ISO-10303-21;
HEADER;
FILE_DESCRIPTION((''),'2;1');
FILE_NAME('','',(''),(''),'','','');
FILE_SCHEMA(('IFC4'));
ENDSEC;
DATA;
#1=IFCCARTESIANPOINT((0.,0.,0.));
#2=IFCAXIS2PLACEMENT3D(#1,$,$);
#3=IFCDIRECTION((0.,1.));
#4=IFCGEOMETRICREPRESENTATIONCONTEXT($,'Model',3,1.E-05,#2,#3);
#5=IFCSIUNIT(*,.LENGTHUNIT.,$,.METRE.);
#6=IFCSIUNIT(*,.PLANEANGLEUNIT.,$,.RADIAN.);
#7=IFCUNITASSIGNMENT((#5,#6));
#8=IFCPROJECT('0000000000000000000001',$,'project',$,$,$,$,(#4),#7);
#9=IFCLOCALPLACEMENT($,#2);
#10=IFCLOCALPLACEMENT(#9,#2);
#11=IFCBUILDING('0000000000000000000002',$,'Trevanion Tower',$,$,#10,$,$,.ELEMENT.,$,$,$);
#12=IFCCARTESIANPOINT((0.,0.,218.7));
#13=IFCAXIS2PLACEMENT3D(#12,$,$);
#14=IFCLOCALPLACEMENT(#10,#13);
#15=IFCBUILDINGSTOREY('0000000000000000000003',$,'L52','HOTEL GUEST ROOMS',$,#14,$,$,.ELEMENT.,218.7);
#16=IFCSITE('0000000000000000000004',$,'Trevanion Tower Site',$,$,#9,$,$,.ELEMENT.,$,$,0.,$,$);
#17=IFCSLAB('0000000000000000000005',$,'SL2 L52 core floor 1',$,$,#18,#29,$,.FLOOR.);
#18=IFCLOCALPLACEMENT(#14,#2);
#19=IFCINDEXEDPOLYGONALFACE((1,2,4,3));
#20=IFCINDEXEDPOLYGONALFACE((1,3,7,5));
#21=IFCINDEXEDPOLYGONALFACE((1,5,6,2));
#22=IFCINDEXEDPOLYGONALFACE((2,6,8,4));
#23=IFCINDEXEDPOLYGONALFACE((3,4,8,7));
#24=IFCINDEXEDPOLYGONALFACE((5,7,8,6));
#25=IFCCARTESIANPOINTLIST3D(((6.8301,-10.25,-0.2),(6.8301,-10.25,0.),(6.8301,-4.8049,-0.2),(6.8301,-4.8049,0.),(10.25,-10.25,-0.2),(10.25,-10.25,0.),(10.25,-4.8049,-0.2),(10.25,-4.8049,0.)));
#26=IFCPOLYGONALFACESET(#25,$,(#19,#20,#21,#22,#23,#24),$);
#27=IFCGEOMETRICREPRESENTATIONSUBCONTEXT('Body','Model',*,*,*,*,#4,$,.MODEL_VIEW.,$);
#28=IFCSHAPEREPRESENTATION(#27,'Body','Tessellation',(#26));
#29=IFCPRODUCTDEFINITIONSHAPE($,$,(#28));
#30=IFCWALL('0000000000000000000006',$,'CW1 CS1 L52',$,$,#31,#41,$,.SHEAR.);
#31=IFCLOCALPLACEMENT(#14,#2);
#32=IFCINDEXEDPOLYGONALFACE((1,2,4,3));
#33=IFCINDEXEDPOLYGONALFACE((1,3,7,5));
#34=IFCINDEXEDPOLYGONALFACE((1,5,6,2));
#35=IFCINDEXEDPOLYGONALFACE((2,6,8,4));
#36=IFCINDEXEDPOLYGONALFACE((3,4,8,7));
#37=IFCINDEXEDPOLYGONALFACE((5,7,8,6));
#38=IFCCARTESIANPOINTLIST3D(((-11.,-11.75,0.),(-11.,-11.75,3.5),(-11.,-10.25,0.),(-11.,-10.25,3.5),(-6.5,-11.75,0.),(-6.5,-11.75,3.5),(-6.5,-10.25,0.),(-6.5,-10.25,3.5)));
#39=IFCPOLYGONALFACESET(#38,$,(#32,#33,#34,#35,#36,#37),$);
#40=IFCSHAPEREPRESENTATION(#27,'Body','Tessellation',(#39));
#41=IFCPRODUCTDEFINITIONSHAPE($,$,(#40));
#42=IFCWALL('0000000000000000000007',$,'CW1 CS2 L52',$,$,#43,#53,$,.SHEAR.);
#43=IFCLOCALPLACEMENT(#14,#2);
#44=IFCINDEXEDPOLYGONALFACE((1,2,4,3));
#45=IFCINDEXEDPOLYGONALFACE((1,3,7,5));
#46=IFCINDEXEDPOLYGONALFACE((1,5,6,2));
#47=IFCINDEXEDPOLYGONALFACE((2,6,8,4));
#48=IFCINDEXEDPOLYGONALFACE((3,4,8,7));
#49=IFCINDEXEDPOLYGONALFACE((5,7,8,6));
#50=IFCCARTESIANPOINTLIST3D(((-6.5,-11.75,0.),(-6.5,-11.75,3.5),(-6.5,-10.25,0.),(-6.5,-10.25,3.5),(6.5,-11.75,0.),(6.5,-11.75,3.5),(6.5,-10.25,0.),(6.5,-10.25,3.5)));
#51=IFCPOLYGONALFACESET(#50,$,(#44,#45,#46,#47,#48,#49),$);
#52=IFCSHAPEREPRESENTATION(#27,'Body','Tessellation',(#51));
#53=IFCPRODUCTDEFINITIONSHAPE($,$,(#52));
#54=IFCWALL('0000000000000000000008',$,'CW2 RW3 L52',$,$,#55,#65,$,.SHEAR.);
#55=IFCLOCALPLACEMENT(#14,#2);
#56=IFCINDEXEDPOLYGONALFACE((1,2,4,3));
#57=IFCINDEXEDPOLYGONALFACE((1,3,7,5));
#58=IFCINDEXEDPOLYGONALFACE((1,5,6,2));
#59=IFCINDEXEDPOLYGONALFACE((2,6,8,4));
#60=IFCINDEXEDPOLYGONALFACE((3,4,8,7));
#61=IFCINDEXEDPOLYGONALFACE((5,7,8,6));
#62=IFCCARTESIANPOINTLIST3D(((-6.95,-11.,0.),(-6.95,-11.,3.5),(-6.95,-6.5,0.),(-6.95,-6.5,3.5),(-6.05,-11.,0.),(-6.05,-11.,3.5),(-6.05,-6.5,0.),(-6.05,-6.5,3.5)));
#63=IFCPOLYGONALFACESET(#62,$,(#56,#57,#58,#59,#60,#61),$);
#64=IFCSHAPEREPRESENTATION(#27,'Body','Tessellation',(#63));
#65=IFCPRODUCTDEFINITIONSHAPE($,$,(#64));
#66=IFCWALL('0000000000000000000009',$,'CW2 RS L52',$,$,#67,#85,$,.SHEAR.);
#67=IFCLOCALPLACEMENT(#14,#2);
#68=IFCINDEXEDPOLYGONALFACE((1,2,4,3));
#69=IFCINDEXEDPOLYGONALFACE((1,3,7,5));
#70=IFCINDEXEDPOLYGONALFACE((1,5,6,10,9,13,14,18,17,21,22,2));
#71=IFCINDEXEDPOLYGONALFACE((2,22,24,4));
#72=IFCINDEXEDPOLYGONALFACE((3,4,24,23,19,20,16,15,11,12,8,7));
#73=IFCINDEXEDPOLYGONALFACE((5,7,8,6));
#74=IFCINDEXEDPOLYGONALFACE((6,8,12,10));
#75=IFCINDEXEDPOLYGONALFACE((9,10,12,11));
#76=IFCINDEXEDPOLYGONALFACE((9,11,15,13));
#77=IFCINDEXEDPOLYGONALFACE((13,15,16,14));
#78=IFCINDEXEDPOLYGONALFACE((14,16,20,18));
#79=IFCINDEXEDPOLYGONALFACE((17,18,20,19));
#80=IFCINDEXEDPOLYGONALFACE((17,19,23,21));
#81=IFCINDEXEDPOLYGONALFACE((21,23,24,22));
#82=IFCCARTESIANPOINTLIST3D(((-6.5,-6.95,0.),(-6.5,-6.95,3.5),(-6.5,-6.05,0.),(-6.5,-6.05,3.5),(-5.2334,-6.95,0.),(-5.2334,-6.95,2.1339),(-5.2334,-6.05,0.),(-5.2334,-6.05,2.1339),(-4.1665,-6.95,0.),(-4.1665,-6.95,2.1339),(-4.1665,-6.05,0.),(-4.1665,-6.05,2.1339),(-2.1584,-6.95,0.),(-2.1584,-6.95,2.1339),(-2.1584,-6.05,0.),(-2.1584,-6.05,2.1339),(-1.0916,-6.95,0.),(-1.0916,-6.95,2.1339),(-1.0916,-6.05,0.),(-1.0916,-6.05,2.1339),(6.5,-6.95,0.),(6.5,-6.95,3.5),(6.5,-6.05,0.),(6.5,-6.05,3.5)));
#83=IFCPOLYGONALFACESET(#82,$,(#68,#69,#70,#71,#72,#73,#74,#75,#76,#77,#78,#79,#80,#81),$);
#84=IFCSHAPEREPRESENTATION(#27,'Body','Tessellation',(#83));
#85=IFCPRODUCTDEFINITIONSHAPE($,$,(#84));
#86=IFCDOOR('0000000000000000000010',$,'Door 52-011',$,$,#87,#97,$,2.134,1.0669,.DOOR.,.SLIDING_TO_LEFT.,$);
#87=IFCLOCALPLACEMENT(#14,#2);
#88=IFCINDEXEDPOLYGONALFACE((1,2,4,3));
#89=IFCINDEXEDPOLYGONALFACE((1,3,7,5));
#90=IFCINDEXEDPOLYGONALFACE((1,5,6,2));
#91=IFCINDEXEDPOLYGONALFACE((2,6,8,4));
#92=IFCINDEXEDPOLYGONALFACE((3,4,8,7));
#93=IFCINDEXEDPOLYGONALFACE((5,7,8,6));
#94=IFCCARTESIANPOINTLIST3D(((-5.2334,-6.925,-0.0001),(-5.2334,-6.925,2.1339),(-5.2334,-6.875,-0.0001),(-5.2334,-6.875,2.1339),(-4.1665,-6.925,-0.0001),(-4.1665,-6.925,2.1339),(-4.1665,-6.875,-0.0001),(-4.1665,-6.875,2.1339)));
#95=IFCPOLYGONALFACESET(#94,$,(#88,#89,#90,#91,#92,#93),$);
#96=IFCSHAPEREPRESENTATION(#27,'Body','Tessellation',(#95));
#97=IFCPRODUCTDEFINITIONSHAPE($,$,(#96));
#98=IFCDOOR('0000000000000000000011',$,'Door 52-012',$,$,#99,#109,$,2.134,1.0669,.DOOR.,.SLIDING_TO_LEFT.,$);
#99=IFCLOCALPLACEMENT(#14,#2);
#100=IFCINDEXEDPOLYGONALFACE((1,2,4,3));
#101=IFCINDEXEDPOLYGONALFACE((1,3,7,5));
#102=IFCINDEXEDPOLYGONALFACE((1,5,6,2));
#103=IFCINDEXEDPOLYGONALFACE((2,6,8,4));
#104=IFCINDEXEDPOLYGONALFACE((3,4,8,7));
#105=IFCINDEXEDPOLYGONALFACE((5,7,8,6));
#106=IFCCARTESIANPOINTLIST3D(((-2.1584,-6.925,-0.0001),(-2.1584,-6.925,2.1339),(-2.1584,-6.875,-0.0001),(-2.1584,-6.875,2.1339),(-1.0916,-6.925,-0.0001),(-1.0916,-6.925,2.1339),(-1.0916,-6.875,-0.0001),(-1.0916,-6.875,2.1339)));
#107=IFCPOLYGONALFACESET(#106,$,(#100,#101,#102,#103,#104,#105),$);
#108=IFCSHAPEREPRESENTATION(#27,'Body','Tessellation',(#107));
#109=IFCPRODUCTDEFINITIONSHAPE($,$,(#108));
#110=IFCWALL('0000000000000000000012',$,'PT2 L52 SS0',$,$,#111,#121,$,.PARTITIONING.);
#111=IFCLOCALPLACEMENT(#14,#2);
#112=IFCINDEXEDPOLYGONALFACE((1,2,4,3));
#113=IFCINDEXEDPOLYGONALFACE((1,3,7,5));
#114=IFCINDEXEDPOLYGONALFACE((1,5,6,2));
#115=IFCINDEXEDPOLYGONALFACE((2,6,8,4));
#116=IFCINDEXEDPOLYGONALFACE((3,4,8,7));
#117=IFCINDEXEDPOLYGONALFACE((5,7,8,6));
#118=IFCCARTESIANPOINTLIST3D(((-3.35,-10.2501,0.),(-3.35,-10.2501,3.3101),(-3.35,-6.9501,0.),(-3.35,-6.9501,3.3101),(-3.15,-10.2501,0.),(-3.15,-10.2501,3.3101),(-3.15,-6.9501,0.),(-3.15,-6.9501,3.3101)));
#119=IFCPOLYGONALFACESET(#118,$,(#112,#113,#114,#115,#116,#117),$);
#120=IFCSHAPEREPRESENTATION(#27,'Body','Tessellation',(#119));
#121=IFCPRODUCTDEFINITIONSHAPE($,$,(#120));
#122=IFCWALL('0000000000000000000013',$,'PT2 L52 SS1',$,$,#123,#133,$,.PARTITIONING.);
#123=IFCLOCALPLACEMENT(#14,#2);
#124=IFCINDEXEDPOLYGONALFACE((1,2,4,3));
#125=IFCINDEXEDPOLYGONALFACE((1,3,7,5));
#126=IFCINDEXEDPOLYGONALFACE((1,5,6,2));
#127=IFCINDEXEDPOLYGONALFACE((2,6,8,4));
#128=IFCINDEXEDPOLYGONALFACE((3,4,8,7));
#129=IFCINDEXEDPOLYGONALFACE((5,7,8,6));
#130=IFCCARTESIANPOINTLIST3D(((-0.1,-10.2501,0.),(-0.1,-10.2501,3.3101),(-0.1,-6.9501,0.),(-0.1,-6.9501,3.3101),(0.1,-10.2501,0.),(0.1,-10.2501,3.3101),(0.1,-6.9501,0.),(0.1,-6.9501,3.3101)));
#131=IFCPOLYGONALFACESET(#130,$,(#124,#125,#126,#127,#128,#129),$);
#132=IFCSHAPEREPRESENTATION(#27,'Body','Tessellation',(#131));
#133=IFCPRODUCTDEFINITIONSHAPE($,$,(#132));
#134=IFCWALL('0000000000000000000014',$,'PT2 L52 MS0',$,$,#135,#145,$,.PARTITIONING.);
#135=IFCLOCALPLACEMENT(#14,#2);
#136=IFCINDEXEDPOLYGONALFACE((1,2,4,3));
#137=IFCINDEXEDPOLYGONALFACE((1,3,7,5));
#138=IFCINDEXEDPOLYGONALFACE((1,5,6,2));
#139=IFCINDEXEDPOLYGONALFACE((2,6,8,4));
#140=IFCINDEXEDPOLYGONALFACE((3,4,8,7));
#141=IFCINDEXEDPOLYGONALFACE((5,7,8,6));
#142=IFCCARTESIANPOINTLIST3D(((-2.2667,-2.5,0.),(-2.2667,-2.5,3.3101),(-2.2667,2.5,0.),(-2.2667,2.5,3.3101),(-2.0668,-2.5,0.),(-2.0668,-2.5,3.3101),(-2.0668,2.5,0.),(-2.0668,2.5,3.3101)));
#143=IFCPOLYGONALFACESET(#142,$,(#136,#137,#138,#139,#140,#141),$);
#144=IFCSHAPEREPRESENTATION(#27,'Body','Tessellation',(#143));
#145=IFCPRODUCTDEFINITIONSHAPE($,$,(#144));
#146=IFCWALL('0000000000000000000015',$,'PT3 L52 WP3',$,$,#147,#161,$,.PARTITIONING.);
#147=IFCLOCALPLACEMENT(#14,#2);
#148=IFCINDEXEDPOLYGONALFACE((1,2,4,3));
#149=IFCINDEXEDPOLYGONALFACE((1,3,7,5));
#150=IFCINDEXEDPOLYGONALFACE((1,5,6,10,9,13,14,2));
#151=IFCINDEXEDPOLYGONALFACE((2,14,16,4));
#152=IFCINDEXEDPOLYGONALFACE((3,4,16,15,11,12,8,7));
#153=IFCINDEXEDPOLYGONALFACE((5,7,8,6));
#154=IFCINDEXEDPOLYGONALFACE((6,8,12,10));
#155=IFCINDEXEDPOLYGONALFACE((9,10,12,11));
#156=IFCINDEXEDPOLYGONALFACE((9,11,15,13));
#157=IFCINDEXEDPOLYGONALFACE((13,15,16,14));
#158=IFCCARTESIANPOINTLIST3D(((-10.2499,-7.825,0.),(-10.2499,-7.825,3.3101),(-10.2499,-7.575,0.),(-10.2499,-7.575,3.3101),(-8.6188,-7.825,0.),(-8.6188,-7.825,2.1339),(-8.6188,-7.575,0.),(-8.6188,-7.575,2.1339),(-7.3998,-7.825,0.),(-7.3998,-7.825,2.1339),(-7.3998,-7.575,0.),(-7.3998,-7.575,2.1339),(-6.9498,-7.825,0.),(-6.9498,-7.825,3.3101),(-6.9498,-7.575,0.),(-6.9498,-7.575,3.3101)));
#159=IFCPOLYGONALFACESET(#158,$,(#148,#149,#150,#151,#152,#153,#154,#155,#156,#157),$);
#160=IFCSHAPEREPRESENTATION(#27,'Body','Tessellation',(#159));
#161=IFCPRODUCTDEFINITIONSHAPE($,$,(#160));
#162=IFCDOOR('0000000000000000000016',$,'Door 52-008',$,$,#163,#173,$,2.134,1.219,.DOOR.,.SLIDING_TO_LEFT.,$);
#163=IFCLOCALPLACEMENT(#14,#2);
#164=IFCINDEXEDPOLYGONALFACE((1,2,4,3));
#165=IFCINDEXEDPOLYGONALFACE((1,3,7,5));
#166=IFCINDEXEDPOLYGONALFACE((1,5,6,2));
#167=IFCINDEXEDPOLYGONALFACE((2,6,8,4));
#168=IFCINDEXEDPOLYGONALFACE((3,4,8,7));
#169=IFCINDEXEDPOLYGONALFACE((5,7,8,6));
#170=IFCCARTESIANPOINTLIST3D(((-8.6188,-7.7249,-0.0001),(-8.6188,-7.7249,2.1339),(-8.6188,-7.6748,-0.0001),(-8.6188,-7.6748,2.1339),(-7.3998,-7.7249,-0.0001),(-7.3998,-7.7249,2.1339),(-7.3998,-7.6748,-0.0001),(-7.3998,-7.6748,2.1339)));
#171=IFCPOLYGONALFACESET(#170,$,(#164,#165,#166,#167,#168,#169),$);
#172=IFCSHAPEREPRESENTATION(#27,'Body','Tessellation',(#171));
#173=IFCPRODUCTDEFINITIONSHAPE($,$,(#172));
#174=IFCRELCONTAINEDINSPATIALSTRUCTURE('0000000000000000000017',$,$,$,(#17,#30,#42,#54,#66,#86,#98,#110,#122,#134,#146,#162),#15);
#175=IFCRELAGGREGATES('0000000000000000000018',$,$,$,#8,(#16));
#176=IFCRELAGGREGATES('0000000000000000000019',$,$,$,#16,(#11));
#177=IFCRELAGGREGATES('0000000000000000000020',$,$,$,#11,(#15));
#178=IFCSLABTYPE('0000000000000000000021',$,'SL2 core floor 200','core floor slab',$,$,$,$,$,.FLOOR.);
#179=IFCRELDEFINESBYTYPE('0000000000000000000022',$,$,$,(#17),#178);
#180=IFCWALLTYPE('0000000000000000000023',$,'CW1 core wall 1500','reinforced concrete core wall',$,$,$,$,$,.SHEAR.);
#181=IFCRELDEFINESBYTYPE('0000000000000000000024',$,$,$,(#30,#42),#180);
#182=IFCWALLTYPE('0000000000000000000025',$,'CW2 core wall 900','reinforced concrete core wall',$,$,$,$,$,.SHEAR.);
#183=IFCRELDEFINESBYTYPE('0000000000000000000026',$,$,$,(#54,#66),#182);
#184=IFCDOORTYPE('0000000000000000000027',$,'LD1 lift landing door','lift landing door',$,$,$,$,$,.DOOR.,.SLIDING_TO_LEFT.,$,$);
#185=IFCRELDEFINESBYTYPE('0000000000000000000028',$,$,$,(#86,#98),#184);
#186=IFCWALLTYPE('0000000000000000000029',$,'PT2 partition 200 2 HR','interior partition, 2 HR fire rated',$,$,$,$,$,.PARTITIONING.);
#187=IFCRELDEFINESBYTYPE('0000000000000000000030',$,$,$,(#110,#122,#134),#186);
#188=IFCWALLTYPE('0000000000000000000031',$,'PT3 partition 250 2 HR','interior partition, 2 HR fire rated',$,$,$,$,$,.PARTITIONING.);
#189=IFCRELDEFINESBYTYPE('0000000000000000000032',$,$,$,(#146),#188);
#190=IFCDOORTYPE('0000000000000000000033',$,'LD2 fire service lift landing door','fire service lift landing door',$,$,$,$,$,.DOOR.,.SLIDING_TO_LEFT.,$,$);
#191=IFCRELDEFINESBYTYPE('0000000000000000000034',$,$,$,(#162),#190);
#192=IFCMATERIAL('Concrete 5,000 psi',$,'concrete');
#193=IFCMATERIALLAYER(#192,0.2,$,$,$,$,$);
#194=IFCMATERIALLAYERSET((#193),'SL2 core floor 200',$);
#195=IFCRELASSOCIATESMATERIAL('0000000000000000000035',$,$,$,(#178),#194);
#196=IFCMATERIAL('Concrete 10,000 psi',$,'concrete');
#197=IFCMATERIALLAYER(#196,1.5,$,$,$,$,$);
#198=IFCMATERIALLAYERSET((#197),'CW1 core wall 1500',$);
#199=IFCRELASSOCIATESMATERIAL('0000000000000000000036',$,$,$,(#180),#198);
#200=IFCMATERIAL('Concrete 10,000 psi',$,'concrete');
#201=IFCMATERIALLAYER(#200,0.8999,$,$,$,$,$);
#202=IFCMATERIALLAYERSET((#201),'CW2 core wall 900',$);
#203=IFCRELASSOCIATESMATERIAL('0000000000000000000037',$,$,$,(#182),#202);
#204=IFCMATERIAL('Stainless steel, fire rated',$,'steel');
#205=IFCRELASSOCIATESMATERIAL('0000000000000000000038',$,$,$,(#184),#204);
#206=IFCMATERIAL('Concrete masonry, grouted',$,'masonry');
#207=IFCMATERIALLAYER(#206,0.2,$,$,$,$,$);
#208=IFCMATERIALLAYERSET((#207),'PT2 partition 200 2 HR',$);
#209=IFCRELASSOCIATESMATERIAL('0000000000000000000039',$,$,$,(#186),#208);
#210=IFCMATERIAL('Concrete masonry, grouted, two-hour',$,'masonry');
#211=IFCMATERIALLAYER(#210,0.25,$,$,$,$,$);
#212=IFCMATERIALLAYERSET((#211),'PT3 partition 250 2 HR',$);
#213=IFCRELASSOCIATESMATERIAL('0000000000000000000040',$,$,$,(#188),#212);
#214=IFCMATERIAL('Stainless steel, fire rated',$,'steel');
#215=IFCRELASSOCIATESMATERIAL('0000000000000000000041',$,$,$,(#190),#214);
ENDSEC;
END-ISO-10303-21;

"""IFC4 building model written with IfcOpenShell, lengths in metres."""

from ifc_helpers import new_model, si_unit, direction, frame, frame_2d, origin, place, context, subcontext, project, spatial, polyline, rectangle, outline, extrude, material, layer, layer_set, type_object, element, fill, save


model = new_model("IFC4")

# Units and contexts
model_context = context("Model", 3, precision=1e-05, world=origin(), true_north=direction((0.0, 1.0)))
body_context = subcontext(model_context, "Body", "Model", "MODEL_VIEW")
ifc_project = project(units=[si_unit("LENGTHUNIT", "METRE"), si_unit("PLANEANGLEUNIT", "RADIAN")], contexts=[model_context])

# Site, building, storey
site_placement = place(None, origin())
site = spatial("IfcSite", under=ifc_project, at=site_placement, Name="Trevanion Tower Site", CompositionType="ELEMENT", RefElevation=0.0)
building_placement = place(site_placement, origin())
building = spatial("IfcBuilding", under=site, at=building_placement, Name="Trevanion Tower", CompositionType="ELEMENT")
storey_placement = place(building_placement, frame((0.0, 0.0, 218.7)))
storey = spatial("IfcBuildingStorey", under=building, at=storey_placement, Name="L52", Description="HOTEL GUEST ROOMS", CompositionType="ELEMENT", Elevation=218.7)

# Slab
ifc_material_1 = material(Name="Concrete 5,000 psi", Category="concrete")
ifc_layer_1 = layer(ifc_material_1, 0.2)
ifc_layer_set_1 = layer_set([ifc_layer_1], Name="SL2 core floor 200")
slab_type_1 = type_object("IfcSlabType", Name="SL2 core floor 200", Description="core floor slab", PredefinedType="FLOOR", material=ifc_layer_set_1)
slab_1_placement = place(storey_placement, frame((0.0, 0.0, -0.2)))
element("IfcSlab", 1, at=slab_1_placement, inside=storey, type_object=slab_type_1, Name="SL2 L52 core floor 1", PredefinedType="FLOOR", context=body_context, shape_type="SweptSolid", body=[
    extrude(outline(polyline([(10.25, -4.8049), (10.25, -10.25), (6.8301, -10.25), (6.8301, -4.8049), (10.25, -4.8049)])), origin(), (0.0, 0.0, 1.0), 0.2),
])

# Walls
ifc_material_2 = material(Name="Concrete 10,000 psi", Category="concrete")
ifc_layer_2 = layer(ifc_material_2, 1.5)
ifc_layer_set_2 = layer_set([ifc_layer_2], Name="CW1 core wall 1500")
wall_type_1 = type_object("IfcWallType", Name="CW1 core wall 1500", Description="reinforced concrete core wall", PredefinedType="SHEAR", material=ifc_layer_set_2)
wall_1_placement = place(storey_placement, frame((-11.0, -11.0, 0.0), z_axis=(0.0, 0.0, 1.0), x_axis=(1.0, 0.0, 0.0)))
element("IfcWall", 2, at=wall_1_placement, inside=storey, type_object=wall_type_1, Name="CW1 CS1 L52", PredefinedType="SHEAR", context=body_context, shape_type="SweptSolid", body=[
    extrude(rectangle(XDim=4.5, YDim=1.5, at=frame_2d((2.25, 0.0))), origin(), (0.0, 0.0, 1.0), 3.5),
])
wall_2_placement = place(storey_placement, frame((-6.5, -11.0, 0.0), z_axis=(0.0, 0.0, 1.0), x_axis=(1.0, 0.0, 0.0)))
element("IfcWall", 3, at=wall_2_placement, inside=storey, type_object=wall_type_1, Name="CW1 CS2 L52", PredefinedType="SHEAR", context=body_context, shape_type="SweptSolid", body=[
    extrude(rectangle(XDim=13.0, YDim=1.5, at=frame_2d((6.5, 0.0))), origin(), (0.0, 0.0, 1.0), 3.5),
])
ifc_material_3 = material(Name="Concrete 10,000 psi", Category="concrete")
ifc_layer_3 = layer(ifc_material_3, 0.8999)
ifc_layer_set_3 = layer_set([ifc_layer_3], Name="CW2 core wall 900")
wall_type_2 = type_object("IfcWallType", Name="CW2 core wall 900", Description="reinforced concrete core wall", PredefinedType="SHEAR", material=ifc_layer_set_3)
wall_3_placement = place(storey_placement, frame((-6.5, -6.5, 0.0), z_axis=(0.0, 0.0, 1.0), x_axis=(0.0, -1.0, 0.0)))
element("IfcWall", 4, at=wall_3_placement, inside=storey, type_object=wall_type_2, Name="CW2 RW3 L52", PredefinedType="SHEAR", context=body_context, shape_type="SweptSolid", body=[
    extrude(rectangle(XDim=4.5, YDim=0.8999, at=frame_2d((2.25, 0.0))), origin(), (0.0, 0.0, 1.0), 3.5),
])

# Wall, openings, doors
wall_4_placement = place(storey_placement, frame((-6.5, -6.5, 0.0), z_axis=(0.0, 0.0, 1.0), x_axis=(1.0, 0.0, 0.0)))
wall_4 = element("IfcWall", 5, at=wall_4_placement, inside=storey, type_object=wall_type_2, Name="CW2 RS L52", PredefinedType="SHEAR", context=body_context, shape_type="SweptSolid", body=[
    extrude(rectangle(XDim=13.0, YDim=0.8999, at=frame_2d((6.5, 0.0))), origin(), (0.0, 0.0, 1.0), 3.5),
])
opening_1_placement = place(wall_4_placement, frame((1.2666, 0.0, 0.0)))
opening_1 = element("IfcOpeningElement", 6, at=opening_1_placement, cuts=wall_4, PredefinedType="OPENING", context=body_context, shape_type="SweptSolid", body=[
    extrude(rectangle(XDim=1.0669, YDim=2.134, at=frame_2d((0.5334, 1.0669))), frame((0.0, 0.46, 0.0), z_axis=(0.0, -1.0, 0.0), x_axis=(1.0, 0.0, 0.0)), (0.0, 0.0, 1.0), 0.9199),
])
opening_2_placement = place(wall_4_placement, frame((4.3416, 0.0, 0.0)))
opening_2 = element("IfcOpeningElement", 7, at=opening_2_placement, cuts=wall_4, PredefinedType="OPENING", context=body_context, shape_type="SweptSolid", body=[
    extrude(rectangle(XDim=1.0669, YDim=2.134, at=frame_2d((0.5334, 1.0669))), frame((0.0, 0.46, 0.0), z_axis=(0.0, -1.0, 0.0), x_axis=(1.0, 0.0, 0.0)), (0.0, 0.0, 1.0), 0.9199),
])
ifc_material_4 = material(Name="Stainless steel, fire rated", Category="steel")
door_type_1 = type_object("IfcDoorType", Name="LD1 lift landing door", Description="lift landing door", OperationType="SLIDING_TO_LEFT", PredefinedType="DOOR", material=ifc_material_4)
door_1_placement = place(opening_1_placement, origin())
door_1 = element("IfcDoor", 8, at=door_1_placement, inside=storey, type_object=door_type_1, Name="Door 52-011", OperationType="SLIDING_TO_LEFT", OverallHeight=2.134, OverallWidth=1.0669, PredefinedType="DOOR", context=body_context, shape_type="SweptSolid", body=[
    extrude(rectangle(XDim=1.0669, YDim=2.134, at=frame_2d((0.5334, 1.0669))), frame((0.0, -0.375, 0.0), z_axis=(0.0, -1.0, 0.0), x_axis=(1.0, 0.0, 0.0)), (0.0, 0.0, 1.0), 0.05),
])
fill(opening_1, door_1)
door_2_placement = place(opening_2_placement, origin())
door_2 = element("IfcDoor", 9, at=door_2_placement, inside=storey, type_object=door_type_1, Name="Door 52-012", OperationType="SLIDING_TO_LEFT", OverallHeight=2.134, OverallWidth=1.0669, PredefinedType="DOOR", context=body_context, shape_type="SweptSolid", body=[
    extrude(rectangle(XDim=1.0669, YDim=2.134, at=frame_2d((0.5334, 1.0669))), frame((0.0, -0.375, 0.0), z_axis=(0.0, -1.0, 0.0), x_axis=(1.0, 0.0, 0.0)), (0.0, 0.0, 1.0), 0.05),
])
fill(opening_2, door_2)

# Walls
ifc_material_5 = material(Name="Concrete masonry, grouted", Category="masonry")
ifc_layer_4 = layer(ifc_material_5, 0.2)
ifc_layer_set_4 = layer_set([ifc_layer_4], Name="PT2 partition 200 2 HR")
wall_type_3 = type_object("IfcWallType", Name="PT2 partition 200 2 HR", Description="interior partition, 2 HR fire rated", PredefinedType="PARTITIONING", material=ifc_layer_set_4)
for number, where, z_axis, x_axis, name in (
    (10, (-3.25, -10.25, 0.0), (0.0, 0.0, 1.0), (0.0, 1.0, 0.0), "PT2 L52 SS0"),
    (11, (0.0, -10.25, 0.0), (0.0, 0.0, 1.0), (0.0, 1.0, 0.0), "PT2 L52 SS1"),
):
    element("IfcWall", number, at=place(storey_placement, frame(where, z_axis=z_axis, x_axis=x_axis)), inside=storey, type_object=wall_type_3, Name=name, PredefinedType="PARTITIONING", context=body_context, shape_type="SweptSolid", body=[
        extrude(rectangle(XDim=3.3, YDim=0.2, at=frame_2d((1.6499, 0.0))), origin(), (0.0, 0.0, 1.0), 3.3101),
    ])
wall_5_placement = place(storey_placement, frame((-2.1667, -2.5, 0.0), z_axis=(0.0, 0.0, 1.0), x_axis=(0.0, 1.0, 0.0)))
element("IfcWall", 12, at=wall_5_placement, inside=storey, type_object=wall_type_3, Name="PT2 L52 MS0", PredefinedType="PARTITIONING", context=body_context, shape_type="SweptSolid", body=[
    extrude(rectangle(XDim=5.0, YDim=0.2, at=frame_2d((2.5, 0.0))), origin(), (0.0, 0.0, 1.0), 3.3101),
])

# Wall, opening, door
ifc_material_6 = material(Name="Concrete masonry, grouted, two-hour", Category="masonry")
ifc_layer_5 = layer(ifc_material_6, 0.25)
ifc_layer_set_5 = layer_set([ifc_layer_5], Name="PT3 partition 250 2 HR")
wall_type_4 = type_object("IfcWallType", Name="PT3 partition 250 2 HR", Description="interior partition, 2 HR fire rated", PredefinedType="PARTITIONING", material=ifc_layer_set_5)
wall_6_placement = place(storey_placement, frame((-6.95, -7.7, 0.0), z_axis=(0.0, 0.0, 1.0), x_axis=(-1.0, 0.0, 0.0)))
wall_6 = element("IfcWall", 13, at=wall_6_placement, inside=storey, type_object=wall_type_4, Name="PT3 L52 WP3", PredefinedType="PARTITIONING", context=body_context, shape_type="SweptSolid", body=[
    extrude(rectangle(XDim=3.3, YDim=0.25, at=frame_2d((1.6499, 0.0))), origin(), (0.0, 0.0, 1.0), 3.3101),
])
opening_3_placement = place(wall_6_placement, frame((0.45, 0.0, 0.0)))
opening_3 = element("IfcOpeningElement", 14, at=opening_3_placement, cuts=wall_6, PredefinedType="OPENING", context=body_context, shape_type="SweptSolid", body=[
    extrude(rectangle(XDim=1.219, YDim=2.134, at=frame_2d((0.6094, 1.0669))), frame((0.0, 0.135, 0.0), z_axis=(0.0, -1.0, 0.0), x_axis=(1.0, 0.0, 0.0)), (0.0, 0.0, 1.0), 0.27),
])
ifc_material_7 = material(Name="Stainless steel, fire rated", Category="steel")
door_type_2 = type_object("IfcDoorType", Name="LD2 fire service lift landing door", Description="fire service lift landing door", OperationType="SLIDING_TO_LEFT", PredefinedType="DOOR", material=ifc_material_7)
door_3_placement = place(opening_3_placement, origin())
door_3 = element("IfcDoor", 15, at=door_3_placement, inside=storey, type_object=door_type_2, Name="Door 52-008", OperationType="SLIDING_TO_LEFT", OverallHeight=2.134, OverallWidth=1.219, PredefinedType="DOOR", context=body_context, shape_type="SweptSolid", body=[
    extrude(rectangle(XDim=1.219, YDim=2.134, at=frame_2d((0.6094, 1.0669))), frame((0.0, 0.0249, 0.0), z_axis=(0.0, -1.0, 0.0), x_axis=(1.0, 0.0, 0.0)), (0.0, 0.0, 1.0), 0.05),
])
fill(opening_3, door_3)

save(model, "model.ifc")
